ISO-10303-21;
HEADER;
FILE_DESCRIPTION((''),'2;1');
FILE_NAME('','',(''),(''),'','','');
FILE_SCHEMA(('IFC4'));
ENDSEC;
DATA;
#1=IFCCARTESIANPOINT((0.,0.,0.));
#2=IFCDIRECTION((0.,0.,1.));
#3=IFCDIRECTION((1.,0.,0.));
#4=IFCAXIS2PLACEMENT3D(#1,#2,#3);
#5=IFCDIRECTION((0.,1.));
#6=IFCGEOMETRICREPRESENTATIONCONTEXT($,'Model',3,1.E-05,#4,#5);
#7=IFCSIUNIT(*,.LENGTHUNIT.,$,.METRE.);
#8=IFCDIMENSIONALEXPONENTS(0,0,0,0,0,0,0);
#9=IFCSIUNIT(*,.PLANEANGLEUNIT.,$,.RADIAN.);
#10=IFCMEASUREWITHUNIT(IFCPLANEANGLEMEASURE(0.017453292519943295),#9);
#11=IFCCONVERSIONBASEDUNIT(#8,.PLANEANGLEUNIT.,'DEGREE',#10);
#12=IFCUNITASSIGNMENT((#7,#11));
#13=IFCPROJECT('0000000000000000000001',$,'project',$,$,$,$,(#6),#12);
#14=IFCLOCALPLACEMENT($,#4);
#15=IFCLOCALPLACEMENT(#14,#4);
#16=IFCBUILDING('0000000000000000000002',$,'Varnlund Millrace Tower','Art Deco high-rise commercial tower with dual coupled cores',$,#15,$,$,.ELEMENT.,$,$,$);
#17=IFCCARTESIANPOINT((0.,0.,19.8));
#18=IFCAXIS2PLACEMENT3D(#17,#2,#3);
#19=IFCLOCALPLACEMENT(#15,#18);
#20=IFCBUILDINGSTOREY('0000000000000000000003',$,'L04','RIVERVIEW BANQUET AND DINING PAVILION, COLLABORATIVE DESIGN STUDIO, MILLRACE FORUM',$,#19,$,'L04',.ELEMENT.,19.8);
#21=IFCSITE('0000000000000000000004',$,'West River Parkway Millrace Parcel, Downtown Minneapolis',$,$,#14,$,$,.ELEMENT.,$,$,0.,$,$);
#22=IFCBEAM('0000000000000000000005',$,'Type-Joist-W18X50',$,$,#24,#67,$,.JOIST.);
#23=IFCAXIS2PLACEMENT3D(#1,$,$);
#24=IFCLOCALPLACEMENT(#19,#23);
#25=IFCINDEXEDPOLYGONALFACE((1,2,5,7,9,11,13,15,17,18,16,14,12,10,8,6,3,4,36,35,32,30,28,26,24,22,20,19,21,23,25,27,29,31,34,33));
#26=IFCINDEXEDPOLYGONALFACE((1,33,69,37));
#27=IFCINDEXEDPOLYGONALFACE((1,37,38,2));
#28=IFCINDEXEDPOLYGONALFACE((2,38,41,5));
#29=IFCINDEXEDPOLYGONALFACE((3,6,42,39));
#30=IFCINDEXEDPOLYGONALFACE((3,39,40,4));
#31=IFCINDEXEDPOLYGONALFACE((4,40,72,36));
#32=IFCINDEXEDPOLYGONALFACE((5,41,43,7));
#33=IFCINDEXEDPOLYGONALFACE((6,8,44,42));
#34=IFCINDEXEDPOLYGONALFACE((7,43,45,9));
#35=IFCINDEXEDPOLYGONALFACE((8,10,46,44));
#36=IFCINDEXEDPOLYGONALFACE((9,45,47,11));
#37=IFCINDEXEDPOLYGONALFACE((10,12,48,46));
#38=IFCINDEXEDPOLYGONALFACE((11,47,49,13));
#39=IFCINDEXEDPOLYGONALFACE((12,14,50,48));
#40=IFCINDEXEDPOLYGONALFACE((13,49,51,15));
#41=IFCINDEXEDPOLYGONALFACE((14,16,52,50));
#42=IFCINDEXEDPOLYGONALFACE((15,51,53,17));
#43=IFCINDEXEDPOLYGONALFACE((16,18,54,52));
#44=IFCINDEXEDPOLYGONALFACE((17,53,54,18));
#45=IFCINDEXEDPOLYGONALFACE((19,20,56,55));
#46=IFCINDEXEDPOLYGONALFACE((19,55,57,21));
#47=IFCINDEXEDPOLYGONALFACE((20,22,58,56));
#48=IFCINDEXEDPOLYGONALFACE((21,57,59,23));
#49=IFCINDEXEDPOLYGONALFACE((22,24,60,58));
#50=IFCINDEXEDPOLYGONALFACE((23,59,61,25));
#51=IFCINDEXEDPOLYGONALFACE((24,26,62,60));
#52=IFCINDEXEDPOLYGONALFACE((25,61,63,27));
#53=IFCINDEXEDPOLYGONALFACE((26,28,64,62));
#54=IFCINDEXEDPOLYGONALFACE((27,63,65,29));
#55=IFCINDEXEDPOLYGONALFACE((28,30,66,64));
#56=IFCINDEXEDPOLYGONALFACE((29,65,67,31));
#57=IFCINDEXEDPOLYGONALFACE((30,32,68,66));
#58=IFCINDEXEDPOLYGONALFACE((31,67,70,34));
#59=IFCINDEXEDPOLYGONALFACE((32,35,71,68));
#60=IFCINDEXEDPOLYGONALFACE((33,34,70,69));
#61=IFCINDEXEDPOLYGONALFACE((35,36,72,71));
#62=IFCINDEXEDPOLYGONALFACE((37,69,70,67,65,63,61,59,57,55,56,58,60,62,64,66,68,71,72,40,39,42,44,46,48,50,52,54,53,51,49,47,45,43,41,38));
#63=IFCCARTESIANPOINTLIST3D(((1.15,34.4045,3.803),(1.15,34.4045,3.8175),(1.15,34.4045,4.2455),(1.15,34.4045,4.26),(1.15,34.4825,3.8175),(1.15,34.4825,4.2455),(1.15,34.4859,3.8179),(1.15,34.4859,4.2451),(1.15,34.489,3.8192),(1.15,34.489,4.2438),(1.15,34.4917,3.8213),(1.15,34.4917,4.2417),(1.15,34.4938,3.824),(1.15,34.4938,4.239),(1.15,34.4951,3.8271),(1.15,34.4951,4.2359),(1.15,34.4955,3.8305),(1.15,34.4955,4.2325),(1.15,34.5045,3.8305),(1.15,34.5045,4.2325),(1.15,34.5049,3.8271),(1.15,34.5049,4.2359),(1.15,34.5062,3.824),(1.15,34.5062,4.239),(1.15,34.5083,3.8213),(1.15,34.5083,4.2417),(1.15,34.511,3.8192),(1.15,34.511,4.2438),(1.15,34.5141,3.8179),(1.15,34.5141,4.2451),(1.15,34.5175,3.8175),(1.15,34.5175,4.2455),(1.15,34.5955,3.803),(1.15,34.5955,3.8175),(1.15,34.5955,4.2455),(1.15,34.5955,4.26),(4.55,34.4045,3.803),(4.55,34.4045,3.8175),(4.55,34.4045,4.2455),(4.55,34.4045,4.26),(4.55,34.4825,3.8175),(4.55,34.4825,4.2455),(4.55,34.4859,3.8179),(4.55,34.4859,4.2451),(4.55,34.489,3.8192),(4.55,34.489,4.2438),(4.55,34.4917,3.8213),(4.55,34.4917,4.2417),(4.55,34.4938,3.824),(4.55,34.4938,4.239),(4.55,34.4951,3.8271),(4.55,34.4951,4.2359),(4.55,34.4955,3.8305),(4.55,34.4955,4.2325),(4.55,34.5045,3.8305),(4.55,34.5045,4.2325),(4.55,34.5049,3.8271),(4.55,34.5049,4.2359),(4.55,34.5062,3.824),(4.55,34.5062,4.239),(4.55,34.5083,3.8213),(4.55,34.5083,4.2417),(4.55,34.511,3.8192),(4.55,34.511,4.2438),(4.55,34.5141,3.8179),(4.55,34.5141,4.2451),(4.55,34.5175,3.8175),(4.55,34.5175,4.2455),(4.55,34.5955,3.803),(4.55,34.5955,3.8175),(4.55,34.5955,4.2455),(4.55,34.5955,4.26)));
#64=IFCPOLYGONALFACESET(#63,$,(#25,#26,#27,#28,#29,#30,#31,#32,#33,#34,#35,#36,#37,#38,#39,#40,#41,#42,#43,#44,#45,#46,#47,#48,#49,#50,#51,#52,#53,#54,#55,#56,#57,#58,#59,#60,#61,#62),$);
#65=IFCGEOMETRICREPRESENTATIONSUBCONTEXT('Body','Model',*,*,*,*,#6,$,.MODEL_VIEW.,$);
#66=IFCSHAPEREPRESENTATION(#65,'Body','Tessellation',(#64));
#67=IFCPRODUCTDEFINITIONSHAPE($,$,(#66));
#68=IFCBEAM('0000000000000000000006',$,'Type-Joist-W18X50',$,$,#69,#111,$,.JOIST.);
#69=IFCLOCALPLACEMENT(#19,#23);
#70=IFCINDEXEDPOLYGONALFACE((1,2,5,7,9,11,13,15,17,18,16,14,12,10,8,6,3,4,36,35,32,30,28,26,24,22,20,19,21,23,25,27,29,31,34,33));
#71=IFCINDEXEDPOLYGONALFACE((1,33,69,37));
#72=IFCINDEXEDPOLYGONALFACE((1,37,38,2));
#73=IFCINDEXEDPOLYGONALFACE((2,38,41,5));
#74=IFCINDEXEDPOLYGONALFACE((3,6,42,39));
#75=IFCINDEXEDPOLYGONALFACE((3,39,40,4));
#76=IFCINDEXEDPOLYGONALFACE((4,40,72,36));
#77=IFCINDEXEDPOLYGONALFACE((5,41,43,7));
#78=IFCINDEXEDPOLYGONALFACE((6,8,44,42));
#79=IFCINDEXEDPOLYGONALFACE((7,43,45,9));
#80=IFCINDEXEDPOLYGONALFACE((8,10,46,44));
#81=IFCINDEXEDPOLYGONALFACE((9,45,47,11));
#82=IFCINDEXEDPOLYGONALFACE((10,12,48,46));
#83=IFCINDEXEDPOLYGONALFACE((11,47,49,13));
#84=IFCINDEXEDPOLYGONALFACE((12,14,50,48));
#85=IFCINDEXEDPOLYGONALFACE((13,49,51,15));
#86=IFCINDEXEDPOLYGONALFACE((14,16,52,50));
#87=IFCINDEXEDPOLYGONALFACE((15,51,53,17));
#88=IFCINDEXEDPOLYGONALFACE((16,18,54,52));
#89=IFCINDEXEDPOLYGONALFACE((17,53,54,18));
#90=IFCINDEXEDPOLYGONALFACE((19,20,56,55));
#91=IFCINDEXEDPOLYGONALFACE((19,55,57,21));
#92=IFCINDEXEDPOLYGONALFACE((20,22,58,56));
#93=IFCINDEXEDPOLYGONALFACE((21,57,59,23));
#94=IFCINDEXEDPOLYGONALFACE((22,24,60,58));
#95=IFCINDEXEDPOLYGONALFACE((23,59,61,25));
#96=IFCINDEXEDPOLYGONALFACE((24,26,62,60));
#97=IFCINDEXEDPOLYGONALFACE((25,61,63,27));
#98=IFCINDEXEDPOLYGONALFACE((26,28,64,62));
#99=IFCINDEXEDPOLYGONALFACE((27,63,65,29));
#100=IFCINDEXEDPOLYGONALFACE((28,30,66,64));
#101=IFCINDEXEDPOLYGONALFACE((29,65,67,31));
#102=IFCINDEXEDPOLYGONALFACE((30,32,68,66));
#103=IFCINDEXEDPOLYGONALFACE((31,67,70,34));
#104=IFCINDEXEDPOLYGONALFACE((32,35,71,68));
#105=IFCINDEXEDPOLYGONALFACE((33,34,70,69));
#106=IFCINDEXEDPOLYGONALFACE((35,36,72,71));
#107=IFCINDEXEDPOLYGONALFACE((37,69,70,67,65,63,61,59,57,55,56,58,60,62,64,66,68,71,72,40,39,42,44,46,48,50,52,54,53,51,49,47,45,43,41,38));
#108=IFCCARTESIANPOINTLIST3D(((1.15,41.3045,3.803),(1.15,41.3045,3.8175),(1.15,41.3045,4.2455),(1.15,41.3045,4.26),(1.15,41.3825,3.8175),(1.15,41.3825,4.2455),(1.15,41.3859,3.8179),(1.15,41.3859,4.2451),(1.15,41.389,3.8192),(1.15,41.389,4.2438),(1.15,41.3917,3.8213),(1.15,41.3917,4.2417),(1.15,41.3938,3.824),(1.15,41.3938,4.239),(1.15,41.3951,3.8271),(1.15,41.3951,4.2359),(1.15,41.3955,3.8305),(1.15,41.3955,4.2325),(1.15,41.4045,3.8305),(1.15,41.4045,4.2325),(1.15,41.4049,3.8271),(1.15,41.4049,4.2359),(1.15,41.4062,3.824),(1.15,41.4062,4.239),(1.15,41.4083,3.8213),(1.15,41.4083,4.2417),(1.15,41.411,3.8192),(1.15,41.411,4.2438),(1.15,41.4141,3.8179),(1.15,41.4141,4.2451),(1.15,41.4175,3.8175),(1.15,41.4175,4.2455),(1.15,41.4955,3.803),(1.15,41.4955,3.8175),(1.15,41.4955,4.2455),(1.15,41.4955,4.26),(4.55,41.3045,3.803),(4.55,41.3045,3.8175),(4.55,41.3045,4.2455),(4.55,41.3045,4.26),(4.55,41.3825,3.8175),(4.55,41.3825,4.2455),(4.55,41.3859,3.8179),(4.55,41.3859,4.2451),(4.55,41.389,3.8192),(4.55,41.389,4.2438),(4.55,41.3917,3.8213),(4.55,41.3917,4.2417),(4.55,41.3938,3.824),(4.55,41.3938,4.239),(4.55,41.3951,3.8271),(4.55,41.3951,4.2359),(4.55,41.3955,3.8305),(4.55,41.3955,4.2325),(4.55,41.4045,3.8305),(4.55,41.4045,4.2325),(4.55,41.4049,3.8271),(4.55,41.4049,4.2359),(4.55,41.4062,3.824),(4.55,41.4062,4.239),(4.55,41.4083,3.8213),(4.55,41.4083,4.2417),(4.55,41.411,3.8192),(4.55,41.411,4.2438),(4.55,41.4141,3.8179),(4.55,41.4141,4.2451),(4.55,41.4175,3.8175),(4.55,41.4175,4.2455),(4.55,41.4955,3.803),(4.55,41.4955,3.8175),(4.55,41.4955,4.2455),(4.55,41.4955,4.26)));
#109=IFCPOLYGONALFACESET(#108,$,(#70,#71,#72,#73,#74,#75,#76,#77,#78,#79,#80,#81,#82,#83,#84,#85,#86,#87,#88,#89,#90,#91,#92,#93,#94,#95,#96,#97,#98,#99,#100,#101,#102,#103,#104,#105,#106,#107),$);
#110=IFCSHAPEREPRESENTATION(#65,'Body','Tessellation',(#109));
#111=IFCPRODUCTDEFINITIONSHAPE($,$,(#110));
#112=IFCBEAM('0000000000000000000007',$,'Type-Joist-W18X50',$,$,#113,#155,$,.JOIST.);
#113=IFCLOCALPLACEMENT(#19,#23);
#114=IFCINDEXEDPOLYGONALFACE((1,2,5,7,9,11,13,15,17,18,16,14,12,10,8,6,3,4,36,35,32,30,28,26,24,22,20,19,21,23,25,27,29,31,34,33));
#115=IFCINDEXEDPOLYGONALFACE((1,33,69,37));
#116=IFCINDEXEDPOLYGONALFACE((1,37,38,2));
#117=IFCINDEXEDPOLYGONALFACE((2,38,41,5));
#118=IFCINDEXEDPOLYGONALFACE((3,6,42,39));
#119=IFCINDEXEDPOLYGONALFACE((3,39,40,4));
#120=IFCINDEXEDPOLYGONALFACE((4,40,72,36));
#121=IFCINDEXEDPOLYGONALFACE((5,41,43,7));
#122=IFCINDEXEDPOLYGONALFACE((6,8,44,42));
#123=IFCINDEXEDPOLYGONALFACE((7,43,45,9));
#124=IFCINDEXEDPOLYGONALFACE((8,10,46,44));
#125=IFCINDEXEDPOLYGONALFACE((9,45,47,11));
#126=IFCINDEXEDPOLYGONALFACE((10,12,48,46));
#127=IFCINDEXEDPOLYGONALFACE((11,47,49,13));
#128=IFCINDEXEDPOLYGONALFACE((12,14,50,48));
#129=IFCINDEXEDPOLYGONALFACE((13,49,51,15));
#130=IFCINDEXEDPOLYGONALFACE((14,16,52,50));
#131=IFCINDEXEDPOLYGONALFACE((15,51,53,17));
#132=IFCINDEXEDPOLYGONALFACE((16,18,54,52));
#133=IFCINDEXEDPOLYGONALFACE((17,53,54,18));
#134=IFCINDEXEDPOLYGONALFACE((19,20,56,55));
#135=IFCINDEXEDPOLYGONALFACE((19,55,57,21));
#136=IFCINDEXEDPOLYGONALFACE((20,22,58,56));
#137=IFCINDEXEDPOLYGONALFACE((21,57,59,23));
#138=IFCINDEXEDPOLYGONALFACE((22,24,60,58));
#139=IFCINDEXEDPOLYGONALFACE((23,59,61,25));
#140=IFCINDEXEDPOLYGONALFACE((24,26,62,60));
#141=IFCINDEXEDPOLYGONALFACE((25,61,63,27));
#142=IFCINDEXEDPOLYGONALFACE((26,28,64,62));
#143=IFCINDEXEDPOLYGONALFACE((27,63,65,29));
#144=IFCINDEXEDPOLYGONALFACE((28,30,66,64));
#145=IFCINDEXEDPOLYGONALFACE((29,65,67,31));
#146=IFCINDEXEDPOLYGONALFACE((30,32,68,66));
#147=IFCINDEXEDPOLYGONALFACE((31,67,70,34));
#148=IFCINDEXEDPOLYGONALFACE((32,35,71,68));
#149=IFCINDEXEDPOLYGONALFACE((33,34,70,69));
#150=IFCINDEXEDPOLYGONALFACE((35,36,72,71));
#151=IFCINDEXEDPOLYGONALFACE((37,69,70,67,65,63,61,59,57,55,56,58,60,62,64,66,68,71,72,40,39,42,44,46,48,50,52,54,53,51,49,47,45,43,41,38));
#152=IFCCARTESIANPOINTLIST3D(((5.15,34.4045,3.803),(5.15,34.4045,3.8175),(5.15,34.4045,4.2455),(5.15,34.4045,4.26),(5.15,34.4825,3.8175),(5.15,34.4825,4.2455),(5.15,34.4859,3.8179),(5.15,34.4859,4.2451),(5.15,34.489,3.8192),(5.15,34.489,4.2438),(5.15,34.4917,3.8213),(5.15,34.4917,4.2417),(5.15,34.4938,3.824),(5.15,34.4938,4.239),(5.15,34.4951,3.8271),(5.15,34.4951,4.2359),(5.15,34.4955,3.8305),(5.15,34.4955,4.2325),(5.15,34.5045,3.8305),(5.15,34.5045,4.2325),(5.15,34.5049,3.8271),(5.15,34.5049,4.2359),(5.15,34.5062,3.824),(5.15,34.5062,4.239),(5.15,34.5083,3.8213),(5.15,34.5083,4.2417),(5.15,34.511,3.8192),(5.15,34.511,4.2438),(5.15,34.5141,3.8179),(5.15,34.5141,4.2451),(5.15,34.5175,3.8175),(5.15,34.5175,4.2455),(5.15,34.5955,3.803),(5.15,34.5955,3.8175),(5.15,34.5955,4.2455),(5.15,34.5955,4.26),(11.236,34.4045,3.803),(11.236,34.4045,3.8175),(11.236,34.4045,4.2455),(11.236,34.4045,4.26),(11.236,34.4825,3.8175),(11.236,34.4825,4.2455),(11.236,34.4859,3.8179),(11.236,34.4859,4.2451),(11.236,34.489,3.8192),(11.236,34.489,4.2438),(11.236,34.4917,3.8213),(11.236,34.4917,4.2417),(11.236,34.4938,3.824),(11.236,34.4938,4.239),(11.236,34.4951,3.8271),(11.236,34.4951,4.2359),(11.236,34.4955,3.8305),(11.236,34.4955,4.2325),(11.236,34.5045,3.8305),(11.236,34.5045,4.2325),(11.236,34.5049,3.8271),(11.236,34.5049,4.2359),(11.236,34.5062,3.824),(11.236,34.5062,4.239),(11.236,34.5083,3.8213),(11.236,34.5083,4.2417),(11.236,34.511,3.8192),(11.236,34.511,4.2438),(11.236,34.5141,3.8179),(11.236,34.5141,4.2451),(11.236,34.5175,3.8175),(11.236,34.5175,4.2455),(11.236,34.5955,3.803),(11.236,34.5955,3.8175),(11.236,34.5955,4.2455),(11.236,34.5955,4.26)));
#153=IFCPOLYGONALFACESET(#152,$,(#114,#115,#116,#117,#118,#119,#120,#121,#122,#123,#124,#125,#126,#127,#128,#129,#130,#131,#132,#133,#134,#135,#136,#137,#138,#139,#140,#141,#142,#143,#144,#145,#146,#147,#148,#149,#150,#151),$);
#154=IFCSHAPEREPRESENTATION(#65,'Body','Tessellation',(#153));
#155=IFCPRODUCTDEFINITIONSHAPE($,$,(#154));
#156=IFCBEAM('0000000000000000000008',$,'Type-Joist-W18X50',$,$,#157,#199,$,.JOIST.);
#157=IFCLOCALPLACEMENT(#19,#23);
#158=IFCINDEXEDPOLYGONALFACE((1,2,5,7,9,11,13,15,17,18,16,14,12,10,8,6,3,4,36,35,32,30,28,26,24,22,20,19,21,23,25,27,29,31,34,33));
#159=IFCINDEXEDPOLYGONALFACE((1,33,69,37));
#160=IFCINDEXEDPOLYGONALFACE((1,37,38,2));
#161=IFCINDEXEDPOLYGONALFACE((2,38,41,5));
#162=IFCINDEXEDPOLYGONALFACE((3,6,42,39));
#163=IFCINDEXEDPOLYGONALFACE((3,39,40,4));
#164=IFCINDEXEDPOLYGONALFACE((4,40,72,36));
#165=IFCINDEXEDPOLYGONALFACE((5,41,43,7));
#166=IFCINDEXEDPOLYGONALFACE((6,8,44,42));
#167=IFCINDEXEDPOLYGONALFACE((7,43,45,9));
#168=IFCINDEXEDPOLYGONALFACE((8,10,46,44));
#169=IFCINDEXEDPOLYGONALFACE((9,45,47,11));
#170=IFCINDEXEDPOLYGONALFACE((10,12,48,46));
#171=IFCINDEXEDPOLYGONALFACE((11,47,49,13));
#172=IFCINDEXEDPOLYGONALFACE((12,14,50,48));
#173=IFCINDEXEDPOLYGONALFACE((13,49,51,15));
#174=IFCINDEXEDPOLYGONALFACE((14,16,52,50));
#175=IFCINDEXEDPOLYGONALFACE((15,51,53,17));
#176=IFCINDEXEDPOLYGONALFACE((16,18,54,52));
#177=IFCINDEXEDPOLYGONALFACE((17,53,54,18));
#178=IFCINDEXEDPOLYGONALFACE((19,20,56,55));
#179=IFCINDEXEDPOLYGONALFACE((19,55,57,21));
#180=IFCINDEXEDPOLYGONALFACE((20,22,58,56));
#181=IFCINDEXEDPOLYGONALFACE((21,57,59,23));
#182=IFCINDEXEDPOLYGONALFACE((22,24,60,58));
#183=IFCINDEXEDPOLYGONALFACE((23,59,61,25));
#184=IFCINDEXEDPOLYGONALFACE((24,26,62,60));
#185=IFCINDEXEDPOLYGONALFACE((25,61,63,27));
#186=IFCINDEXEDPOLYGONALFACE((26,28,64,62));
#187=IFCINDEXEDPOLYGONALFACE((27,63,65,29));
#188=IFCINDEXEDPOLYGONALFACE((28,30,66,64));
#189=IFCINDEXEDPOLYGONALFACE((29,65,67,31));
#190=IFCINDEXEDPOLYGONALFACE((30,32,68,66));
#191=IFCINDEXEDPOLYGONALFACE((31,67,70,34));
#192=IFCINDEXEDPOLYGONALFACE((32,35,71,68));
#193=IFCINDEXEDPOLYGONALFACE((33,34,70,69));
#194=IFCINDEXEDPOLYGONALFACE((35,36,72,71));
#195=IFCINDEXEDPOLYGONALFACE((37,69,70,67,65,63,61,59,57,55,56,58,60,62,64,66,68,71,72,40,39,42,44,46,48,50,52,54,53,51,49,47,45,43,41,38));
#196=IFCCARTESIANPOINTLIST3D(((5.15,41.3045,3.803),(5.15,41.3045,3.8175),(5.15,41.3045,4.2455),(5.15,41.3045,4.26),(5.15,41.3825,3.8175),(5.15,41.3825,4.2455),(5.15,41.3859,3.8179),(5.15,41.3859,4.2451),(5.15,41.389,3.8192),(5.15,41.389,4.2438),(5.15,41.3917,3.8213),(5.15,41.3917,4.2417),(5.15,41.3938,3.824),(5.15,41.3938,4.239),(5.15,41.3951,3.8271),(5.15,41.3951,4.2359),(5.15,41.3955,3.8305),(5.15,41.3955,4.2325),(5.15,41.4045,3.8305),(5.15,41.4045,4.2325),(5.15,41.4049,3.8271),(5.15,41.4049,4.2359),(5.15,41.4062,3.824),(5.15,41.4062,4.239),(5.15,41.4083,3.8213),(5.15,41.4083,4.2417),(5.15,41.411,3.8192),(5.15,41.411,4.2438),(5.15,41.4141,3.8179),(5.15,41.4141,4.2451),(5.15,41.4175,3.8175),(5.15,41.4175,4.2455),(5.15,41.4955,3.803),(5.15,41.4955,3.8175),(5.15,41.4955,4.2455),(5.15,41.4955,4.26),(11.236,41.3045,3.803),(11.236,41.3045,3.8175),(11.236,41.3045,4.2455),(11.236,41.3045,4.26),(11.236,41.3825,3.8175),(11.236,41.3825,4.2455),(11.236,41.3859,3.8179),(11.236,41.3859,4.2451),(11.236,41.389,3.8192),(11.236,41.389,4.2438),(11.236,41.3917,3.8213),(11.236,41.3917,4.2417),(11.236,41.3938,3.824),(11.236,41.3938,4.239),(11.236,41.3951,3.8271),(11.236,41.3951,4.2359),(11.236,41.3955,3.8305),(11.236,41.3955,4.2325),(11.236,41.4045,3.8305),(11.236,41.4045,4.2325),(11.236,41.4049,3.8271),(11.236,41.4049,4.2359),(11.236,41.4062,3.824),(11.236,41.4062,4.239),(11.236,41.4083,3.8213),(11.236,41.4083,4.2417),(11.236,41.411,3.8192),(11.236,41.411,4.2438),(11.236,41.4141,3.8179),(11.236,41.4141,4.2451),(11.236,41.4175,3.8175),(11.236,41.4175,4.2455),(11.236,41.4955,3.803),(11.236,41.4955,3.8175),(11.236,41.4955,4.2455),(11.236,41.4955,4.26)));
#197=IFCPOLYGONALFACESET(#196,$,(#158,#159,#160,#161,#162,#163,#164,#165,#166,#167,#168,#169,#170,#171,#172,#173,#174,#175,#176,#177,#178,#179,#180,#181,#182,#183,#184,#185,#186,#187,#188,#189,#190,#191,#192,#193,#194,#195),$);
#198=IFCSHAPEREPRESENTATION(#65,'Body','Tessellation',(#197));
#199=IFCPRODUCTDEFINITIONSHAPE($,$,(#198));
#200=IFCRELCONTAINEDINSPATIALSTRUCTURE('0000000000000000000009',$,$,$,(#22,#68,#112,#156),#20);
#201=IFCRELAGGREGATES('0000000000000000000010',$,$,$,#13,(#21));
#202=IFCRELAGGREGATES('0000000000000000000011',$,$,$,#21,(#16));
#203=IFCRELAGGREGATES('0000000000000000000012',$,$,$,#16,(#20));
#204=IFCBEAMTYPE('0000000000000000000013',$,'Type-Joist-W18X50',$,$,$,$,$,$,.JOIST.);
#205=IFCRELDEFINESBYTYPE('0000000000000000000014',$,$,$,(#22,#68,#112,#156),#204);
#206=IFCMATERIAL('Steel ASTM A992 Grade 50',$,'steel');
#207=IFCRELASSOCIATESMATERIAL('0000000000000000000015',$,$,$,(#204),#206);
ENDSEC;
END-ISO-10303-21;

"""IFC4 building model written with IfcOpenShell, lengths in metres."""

from ifc_helpers import new_model, entity, si_unit, converted_unit, direction, frame, origin_with_axes, origin_2d_with_axis, place, context, subcontext, project, spatial, i_section, extrude, material, material_profile, profile_set, type_object, element, save


model = new_model("IFC4")

# Units and contexts
model_context = context("Model", 3, precision=1e-05, world=origin_with_axes(), true_north=direction((0.0, 1.0)))
body_context = subcontext(model_context, "Body", "Model", "MODEL_VIEW")
ifc_project = project(units=[si_unit("LENGTHUNIT", "METRE"), converted_unit("PLANEANGLEUNIT", "DEGREE", entity("IfcPlaneAngleMeasure", 0.017453292519943295), si_unit("PLANEANGLEUNIT", "RADIAN"), dimensions=[0, 0, 0, 0, 0, 0, 0])], contexts=[model_context])

# Site, building, storey
site_placement = place(None, origin_with_axes())
site = spatial("IfcSite", under=ifc_project, at=site_placement, Name="West River Parkway Millrace Parcel, Downtown Minneapolis", CompositionType="ELEMENT", RefElevation=0.0)
building_placement = place(site_placement, origin_with_axes())
building = spatial("IfcBuilding", under=site, at=building_placement, Name="Varnlund Millrace Tower", Description="Art Deco high-rise commercial tower with dual coupled cores", CompositionType="ELEMENT")
storey_placement = place(building_placement, frame((0.0, 0.0, 19.8), z_axis=(0.0, 0.0, 1.0), x_axis=(1.0, 0.0, 0.0)))
storey = spatial("IfcBuildingStorey", under=building, at=storey_placement, Name="L04", Description="RIVERVIEW BANQUET AND DINING PAVILION, COLLABORATIVE DESIGN STUDIO, MILLRACE FORUM", LongName="L04", CompositionType="ELEMENT", Elevation=19.8)

# Beams
ifc_material_1 = material(Name="Steel ASTM A992 Grade 50", Category="steel")
ifc_material_profile_1 = material_profile(ifc_material_1, i_section(OverallWidth=0.191, OverallDepth=0.457, WebThickness=0.009, FlangeThickness=0.0145, FilletRadius=0.013, at=origin_2d_with_axis()), Name="Steel ASTM A992 Grade 50")
ifc_profile_set_1 = profile_set([ifc_material_profile_1], Name="Steel ASTM A992 Grade 50")
beam_type_1 = type_object("IfcBeamType", Name="Type-Joist-W18X50", PredefinedType="JOIST", material=ifc_profile_set_1)
for number, where, z_axis, x_axis, name in (
    (1, (1.15, 34.5, 4.0315), (1.0, 0.0, 0.0), (0.0, 1.0, 0.0), "Type-Joist-W18X50"),
    (2, (1.15, 41.4, 4.0315), (1.0, 0.0, 0.0), (0.0, 1.0, 0.0), "Type-Joist-W18X50"),
):
    element("IfcBeam", number, at=place(storey_placement, frame(where, z_axis=z_axis, x_axis=x_axis)), inside=storey, type_object=beam_type_1, Name=name, PredefinedType="JOIST", context=body_context, shape_type="SweptSolid", body=[
        extrude(i_section(OverallWidth=0.191, OverallDepth=0.457, WebThickness=0.009, FlangeThickness=0.0145, FilletRadius=0.013, at=origin_2d_with_axis()), origin_with_axes(), (0.0, 0.0, 1.0), 3.4),
    ])
for number, where, z_axis, x_axis, name in (
    (3, (5.15, 34.5, 4.0315), (1.0, 0.0, 0.0), (0.0, 1.0, 0.0), "Type-Joist-W18X50"),
    (4, (5.15, 41.4, 4.0315), (1.0, 0.0, 0.0), (0.0, 1.0, 0.0), "Type-Joist-W18X50"),
):
    element("IfcBeam", number, at=place(storey_placement, frame(where, z_axis=z_axis, x_axis=x_axis)), inside=storey, type_object=beam_type_1, Name=name, PredefinedType="JOIST", context=body_context, shape_type="SweptSolid", body=[
        extrude(i_section(OverallWidth=0.191, OverallDepth=0.457, WebThickness=0.009, FlangeThickness=0.0145, FilletRadius=0.013, at=origin_2d_with_axis()), origin_with_axes(), (0.0, 0.0, 1.0), 6.086),
    ])

save(model, "model.ifc")
